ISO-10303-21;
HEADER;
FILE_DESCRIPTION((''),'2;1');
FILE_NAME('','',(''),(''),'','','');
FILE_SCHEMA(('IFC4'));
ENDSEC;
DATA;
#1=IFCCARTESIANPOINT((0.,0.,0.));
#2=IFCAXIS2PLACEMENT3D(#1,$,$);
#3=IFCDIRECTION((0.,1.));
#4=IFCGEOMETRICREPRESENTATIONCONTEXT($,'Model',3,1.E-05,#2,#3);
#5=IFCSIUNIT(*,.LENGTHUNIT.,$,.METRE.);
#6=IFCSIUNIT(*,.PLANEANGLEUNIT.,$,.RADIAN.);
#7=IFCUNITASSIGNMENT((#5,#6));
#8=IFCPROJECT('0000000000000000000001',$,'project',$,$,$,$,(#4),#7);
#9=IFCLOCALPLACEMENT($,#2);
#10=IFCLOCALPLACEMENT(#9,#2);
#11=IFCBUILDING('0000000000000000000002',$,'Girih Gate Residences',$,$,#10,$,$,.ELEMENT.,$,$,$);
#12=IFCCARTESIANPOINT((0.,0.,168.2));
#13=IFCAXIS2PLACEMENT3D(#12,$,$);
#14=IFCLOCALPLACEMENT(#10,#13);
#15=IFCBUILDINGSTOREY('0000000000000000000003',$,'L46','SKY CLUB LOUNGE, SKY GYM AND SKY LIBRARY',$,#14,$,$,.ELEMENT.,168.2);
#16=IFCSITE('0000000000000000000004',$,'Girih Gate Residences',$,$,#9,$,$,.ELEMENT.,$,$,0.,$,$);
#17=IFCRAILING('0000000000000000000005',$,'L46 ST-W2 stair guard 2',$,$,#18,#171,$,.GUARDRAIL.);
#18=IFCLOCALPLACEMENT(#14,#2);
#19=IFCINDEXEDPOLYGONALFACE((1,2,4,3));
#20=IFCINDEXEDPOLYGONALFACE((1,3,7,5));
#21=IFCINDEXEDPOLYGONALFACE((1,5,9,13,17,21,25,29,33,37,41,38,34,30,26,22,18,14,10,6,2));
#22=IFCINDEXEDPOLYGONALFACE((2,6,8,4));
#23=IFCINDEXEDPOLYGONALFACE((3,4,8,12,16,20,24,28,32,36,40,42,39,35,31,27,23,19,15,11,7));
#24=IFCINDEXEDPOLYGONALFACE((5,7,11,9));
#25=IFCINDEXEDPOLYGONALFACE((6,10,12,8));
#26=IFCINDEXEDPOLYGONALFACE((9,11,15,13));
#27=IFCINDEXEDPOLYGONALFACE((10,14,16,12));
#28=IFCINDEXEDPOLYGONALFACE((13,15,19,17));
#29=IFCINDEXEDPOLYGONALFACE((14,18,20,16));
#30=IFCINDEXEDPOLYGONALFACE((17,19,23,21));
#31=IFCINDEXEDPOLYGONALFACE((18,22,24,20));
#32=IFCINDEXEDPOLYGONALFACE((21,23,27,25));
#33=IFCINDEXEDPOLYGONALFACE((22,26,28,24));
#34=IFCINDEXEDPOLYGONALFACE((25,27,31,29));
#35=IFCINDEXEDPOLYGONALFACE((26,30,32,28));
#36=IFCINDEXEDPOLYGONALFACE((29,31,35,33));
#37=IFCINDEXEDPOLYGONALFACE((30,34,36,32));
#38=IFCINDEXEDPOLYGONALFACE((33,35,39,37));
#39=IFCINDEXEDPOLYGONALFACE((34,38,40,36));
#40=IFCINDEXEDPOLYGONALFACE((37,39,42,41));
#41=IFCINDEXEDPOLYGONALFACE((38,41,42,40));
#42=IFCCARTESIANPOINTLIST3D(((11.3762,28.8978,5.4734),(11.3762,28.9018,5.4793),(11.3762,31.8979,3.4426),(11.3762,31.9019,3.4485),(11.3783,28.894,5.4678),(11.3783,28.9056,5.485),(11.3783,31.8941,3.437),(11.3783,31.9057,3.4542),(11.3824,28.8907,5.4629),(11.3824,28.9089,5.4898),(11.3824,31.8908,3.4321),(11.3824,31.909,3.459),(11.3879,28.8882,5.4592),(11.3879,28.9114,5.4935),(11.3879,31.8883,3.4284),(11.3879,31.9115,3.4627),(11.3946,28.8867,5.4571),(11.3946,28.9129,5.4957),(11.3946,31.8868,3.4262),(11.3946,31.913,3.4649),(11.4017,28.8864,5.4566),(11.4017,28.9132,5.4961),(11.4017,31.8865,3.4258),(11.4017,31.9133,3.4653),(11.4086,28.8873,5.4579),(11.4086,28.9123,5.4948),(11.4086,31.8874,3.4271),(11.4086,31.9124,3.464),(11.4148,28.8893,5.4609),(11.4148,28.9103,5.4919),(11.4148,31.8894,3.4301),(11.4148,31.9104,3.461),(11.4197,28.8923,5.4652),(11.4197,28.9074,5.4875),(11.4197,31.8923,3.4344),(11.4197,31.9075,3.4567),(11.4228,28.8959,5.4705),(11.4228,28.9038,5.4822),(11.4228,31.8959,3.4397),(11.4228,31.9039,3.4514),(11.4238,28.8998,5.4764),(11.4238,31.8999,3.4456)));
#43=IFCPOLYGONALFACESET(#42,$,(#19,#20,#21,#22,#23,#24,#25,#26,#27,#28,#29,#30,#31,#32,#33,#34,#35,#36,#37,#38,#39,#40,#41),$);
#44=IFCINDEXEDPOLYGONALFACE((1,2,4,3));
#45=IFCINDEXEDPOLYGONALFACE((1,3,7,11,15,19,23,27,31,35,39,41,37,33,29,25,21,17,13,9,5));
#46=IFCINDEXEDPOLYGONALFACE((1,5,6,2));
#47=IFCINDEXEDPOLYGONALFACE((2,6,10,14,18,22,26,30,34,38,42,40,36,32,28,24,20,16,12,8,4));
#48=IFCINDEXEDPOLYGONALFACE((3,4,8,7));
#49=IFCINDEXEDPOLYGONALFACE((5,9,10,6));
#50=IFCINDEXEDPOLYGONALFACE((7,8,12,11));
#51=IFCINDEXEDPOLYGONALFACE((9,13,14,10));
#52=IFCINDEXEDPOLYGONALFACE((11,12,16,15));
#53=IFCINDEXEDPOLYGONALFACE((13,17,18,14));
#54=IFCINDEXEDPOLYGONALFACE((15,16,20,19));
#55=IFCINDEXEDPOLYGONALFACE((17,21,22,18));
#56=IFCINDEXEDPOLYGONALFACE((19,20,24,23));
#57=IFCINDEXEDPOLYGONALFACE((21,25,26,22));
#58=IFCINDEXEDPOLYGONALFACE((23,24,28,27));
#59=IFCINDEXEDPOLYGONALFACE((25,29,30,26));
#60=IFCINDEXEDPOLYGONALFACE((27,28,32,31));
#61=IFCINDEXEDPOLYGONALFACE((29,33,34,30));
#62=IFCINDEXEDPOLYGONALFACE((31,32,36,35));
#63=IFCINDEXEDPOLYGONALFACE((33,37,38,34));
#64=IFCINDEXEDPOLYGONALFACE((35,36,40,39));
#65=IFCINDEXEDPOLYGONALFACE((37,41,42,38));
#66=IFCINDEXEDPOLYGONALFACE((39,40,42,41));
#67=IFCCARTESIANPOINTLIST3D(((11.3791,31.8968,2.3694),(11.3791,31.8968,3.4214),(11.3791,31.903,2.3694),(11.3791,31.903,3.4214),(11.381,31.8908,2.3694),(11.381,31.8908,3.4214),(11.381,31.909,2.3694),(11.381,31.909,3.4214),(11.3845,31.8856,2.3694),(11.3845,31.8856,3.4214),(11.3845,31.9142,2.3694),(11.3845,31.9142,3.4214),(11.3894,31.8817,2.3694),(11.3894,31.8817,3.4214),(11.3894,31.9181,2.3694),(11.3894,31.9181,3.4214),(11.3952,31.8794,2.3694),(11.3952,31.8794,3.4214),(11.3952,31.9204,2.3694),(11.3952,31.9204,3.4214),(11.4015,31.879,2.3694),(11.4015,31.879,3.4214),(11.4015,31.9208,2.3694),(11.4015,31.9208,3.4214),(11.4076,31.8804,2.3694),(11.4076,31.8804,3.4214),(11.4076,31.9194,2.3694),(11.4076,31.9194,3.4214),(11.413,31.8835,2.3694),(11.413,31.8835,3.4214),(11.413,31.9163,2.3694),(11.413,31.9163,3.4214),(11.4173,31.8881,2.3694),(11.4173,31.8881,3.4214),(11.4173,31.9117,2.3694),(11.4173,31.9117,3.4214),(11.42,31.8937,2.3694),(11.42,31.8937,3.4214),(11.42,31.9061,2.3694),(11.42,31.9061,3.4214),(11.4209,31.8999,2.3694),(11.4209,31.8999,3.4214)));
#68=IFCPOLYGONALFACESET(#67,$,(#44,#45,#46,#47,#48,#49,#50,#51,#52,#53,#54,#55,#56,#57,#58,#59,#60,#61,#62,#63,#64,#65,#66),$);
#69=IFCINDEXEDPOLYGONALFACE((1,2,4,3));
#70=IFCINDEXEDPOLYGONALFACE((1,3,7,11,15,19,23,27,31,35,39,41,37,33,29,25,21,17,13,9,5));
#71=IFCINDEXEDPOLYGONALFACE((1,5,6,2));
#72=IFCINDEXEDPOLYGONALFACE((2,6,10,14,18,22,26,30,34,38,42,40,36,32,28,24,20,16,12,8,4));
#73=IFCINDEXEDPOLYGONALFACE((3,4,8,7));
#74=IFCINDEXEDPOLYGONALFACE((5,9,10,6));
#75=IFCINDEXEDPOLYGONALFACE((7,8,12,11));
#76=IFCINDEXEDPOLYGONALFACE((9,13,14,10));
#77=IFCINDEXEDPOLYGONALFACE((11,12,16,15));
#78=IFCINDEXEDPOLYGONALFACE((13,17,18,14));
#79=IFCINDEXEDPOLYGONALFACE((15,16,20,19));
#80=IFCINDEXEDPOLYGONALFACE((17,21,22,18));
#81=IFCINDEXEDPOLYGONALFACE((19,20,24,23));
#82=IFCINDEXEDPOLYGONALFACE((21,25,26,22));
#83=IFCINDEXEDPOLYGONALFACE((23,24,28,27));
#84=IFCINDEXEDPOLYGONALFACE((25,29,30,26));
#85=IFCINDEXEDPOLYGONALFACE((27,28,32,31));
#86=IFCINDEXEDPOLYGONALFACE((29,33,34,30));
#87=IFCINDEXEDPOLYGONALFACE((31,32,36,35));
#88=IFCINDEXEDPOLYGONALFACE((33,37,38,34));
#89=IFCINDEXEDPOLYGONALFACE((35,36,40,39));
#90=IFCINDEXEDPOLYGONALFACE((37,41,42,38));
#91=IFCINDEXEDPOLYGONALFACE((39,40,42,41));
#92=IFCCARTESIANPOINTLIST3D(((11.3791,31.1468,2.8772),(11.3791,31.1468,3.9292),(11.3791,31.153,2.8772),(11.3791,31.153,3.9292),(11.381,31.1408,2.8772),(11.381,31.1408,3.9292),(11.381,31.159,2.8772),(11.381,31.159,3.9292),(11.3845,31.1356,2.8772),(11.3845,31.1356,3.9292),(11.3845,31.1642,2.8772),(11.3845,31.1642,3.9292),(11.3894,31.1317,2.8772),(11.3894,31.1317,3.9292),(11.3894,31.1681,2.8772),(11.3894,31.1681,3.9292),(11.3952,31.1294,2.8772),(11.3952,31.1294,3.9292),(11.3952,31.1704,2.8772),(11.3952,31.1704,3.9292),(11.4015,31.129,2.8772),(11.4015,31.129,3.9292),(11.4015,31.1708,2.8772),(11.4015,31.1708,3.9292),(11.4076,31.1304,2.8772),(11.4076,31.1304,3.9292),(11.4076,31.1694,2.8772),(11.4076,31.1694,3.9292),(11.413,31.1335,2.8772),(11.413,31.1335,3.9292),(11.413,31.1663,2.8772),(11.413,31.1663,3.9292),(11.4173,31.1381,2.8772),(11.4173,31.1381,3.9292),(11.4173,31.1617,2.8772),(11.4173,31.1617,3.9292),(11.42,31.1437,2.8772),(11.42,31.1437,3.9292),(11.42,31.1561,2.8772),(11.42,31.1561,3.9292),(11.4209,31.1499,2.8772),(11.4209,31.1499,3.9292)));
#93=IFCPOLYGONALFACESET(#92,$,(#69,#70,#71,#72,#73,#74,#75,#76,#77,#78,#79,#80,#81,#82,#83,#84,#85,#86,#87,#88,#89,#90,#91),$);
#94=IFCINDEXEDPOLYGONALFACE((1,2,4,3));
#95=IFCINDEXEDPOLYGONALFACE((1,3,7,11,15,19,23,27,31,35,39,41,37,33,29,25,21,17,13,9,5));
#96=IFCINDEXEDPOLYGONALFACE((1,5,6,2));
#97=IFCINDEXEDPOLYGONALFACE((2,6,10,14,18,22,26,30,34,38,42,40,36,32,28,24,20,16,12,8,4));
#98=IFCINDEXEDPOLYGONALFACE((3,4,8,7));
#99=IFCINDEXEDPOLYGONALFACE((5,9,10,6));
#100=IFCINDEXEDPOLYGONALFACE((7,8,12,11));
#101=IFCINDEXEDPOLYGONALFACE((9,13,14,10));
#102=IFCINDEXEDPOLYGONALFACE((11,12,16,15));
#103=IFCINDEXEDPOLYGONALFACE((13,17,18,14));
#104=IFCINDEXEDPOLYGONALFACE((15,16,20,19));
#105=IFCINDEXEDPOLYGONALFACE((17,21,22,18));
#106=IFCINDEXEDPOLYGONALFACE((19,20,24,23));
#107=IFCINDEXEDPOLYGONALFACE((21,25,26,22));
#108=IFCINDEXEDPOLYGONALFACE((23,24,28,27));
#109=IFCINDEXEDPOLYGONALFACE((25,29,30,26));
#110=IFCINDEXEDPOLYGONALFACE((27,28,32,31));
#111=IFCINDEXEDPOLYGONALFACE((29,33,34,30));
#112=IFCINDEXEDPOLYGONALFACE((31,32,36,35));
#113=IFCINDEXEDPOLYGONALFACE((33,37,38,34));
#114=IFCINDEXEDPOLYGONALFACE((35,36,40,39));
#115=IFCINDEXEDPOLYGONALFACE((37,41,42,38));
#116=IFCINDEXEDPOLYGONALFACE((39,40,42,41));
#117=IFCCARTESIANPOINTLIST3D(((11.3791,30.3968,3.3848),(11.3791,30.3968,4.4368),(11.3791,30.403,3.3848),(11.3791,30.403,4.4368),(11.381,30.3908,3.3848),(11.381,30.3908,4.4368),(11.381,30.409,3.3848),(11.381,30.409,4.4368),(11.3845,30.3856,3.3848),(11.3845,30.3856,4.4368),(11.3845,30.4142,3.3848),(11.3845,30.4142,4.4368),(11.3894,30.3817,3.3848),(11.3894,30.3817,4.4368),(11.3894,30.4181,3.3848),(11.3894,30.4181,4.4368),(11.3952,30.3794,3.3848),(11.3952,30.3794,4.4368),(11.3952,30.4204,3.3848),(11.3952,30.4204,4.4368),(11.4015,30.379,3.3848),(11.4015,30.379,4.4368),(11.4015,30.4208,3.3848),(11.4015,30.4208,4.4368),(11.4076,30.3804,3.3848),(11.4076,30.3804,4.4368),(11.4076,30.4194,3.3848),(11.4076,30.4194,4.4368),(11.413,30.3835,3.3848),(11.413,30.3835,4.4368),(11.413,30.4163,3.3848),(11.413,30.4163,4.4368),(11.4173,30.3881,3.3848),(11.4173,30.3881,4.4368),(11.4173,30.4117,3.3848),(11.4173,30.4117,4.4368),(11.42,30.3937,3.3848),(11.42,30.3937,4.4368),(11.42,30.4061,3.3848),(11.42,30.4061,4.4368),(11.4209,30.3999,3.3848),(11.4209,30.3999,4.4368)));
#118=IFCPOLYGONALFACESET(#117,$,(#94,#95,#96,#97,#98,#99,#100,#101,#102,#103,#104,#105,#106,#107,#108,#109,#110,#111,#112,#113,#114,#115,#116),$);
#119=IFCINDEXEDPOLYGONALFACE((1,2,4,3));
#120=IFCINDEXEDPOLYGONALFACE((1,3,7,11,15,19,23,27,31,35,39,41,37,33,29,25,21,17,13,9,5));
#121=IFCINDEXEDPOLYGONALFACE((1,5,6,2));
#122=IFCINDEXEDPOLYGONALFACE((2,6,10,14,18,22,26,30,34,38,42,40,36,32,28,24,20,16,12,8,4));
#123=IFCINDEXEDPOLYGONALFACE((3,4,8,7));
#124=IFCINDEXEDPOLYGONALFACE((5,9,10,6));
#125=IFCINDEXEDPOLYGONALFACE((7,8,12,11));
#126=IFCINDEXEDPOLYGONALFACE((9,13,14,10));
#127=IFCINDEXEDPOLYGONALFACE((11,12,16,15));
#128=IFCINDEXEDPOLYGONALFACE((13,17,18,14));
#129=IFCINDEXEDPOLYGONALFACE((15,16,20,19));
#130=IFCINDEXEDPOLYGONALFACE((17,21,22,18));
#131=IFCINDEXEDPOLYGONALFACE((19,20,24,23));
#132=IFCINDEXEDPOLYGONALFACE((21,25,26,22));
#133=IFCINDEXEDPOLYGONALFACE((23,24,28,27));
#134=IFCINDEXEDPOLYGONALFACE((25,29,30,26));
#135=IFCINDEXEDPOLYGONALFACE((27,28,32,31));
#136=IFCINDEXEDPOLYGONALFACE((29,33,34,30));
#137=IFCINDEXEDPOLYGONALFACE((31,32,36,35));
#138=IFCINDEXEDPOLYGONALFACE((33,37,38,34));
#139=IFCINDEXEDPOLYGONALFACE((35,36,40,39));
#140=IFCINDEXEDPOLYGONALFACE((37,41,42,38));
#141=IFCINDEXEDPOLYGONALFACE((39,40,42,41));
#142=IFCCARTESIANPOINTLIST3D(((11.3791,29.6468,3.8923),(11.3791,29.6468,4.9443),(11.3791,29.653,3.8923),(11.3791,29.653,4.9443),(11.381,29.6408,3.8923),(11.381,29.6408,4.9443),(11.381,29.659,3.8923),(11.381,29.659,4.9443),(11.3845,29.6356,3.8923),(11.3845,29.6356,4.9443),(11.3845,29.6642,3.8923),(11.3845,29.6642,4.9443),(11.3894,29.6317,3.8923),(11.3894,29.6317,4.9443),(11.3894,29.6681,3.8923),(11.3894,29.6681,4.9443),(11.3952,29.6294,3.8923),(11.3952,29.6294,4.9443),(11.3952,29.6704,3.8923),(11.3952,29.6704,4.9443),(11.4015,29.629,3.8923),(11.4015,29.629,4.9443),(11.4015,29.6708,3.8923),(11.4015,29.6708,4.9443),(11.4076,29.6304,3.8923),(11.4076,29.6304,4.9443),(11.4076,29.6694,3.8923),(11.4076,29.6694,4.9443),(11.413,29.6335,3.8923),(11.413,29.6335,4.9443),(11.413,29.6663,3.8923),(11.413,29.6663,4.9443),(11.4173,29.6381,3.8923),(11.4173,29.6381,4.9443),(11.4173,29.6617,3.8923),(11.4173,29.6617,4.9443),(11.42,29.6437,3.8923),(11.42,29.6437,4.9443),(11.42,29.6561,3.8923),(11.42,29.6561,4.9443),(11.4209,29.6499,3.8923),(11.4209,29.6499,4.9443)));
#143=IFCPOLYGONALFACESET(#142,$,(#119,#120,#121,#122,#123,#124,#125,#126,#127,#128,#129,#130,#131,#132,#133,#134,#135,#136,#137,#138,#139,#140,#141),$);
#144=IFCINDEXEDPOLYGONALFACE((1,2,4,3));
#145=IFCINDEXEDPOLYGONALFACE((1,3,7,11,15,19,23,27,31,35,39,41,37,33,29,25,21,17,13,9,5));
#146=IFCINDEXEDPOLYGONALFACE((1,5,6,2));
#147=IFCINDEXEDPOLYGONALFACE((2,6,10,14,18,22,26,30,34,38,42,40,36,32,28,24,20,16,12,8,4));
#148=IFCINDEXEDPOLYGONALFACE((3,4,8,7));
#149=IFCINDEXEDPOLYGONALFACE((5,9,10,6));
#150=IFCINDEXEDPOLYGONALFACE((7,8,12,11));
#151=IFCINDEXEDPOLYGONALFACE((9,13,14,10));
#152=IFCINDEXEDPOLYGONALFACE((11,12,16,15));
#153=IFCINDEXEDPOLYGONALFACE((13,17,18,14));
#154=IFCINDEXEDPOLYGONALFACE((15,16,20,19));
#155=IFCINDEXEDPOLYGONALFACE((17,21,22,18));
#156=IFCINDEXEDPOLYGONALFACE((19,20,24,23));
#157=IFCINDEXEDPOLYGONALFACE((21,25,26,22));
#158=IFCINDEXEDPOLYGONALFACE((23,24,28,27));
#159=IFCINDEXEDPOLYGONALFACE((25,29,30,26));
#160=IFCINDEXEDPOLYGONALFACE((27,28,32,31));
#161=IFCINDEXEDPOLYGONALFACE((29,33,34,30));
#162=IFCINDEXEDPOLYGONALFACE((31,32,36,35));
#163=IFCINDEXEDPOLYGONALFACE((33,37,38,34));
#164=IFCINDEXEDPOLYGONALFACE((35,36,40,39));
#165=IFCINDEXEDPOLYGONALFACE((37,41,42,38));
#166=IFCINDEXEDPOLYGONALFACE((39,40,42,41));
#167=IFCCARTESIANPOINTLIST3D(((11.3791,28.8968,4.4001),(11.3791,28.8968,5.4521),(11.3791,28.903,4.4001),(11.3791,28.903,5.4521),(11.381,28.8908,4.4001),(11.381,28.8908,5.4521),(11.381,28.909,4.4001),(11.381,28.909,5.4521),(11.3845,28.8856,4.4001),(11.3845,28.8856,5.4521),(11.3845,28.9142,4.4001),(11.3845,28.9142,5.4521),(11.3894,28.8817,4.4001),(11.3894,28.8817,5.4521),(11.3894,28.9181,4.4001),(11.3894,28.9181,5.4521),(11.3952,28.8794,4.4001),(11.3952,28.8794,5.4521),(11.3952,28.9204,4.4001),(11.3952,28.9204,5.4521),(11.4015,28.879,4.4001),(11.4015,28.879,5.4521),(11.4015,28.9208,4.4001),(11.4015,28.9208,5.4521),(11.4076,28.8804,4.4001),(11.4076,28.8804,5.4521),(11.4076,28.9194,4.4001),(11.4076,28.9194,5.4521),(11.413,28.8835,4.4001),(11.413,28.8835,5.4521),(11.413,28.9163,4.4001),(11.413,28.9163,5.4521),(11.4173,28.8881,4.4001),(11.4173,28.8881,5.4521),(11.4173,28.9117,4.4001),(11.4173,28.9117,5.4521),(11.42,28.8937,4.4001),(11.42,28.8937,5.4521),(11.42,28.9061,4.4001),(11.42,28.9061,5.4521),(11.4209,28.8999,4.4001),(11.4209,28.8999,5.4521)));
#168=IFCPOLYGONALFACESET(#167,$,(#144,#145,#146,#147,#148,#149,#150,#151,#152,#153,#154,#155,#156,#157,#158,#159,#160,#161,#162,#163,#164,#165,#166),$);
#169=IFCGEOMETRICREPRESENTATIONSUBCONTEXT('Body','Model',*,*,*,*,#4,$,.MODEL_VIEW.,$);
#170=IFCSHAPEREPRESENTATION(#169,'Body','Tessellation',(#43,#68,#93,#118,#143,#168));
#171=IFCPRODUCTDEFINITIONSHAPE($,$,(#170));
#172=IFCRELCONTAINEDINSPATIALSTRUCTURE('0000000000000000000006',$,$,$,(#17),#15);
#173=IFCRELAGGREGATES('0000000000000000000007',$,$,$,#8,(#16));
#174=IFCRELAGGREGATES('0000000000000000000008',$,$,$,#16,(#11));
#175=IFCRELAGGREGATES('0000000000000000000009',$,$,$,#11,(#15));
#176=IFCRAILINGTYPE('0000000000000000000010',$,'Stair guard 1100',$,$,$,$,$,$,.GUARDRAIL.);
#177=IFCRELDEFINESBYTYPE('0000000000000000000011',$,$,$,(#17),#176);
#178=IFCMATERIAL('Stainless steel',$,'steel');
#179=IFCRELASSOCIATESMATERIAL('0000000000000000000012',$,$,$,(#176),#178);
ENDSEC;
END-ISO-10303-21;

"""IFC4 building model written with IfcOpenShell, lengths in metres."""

from ifc_helpers import new_model, si_unit, direction, frame, origin, origin_2d, place, context, subcontext, project, spatial, circle, extrude, material, type_object, element, save


model = new_model("IFC4")

# Units and contexts
model_context = context("Model", 3, precision=1e-05, world=origin(), true_north=direction((0.0, 1.0)))
body_context = subcontext(model_context, "Body", "Model", "MODEL_VIEW")
ifc_project = project(units=[si_unit("LENGTHUNIT", "METRE"), si_unit("PLANEANGLEUNIT", "RADIAN")], contexts=[model_context])

# Site, building, storey
site_placement = place(None, origin())
site = spatial("IfcSite", under=ifc_project, at=site_placement, Name="Girih Gate Residences", CompositionType="ELEMENT", RefElevation=0.0)
building_placement = place(site_placement, origin())
building = spatial("IfcBuilding", under=site, at=building_placement, Name="Girih Gate Residences", CompositionType="ELEMENT")
storey_placement = place(building_placement, frame((0.0, 0.0, 168.2)))
storey = spatial("IfcBuildingStorey", under=building, at=storey_placement, Name="L46", Description="SKY CLUB LOUNGE, SKY GYM AND SKY LIBRARY", CompositionType="ELEMENT", Elevation=168.2)

# Railing
ifc_material_1 = material(Name="Stainless steel", Category="steel")
railing_type_1 = type_object("IfcRailingType", Name="Stair guard 1100", PredefinedType="GUARDRAIL", material=ifc_material_1)
railing_1_placement = place(storey_placement, frame((11.3999, 31.8999, 2.3694)))
element("IfcRailing", 1, at=railing_1_placement, inside=storey, type_object=railing_type_1, Name="L46 ST-W2 stair guard 2", PredefinedType="GUARDRAIL", context=body_context, shape_type="SweptSolid", body=[
    extrude(circle(Radius=0.0239, at=origin_2d()), frame((0.0, 0.0, 1.0762), z_axis=(0.0, -0.82811, 0.560565), x_axis=(1.0, 0.0, 0.0)), (0.0, 0.0, 1.0), 3.6228),
    extrude(circle(Radius=0.021, at=origin_2d()), origin(), (0.0, 0.0, 1.0), 1.052),
    extrude(circle(Radius=0.021, at=origin_2d()), frame((0.0, -0.75, 0.5078)), (0.0, 0.0, 1.0), 1.052),
    extrude(circle(Radius=0.021, at=origin_2d()), frame((0.0, -1.5, 1.0154)), (0.0, 0.0, 1.0), 1.052),
    extrude(circle(Radius=0.021, at=origin_2d()), frame((0.0, -2.25, 1.5229)), (0.0, 0.0, 1.0), 1.052),
    extrude(circle(Radius=0.021, at=origin_2d()), frame((0.0, -3.0, 2.0308)), (0.0, 0.0, 1.0), 1.052),
])

save(model, "model.ifc")
